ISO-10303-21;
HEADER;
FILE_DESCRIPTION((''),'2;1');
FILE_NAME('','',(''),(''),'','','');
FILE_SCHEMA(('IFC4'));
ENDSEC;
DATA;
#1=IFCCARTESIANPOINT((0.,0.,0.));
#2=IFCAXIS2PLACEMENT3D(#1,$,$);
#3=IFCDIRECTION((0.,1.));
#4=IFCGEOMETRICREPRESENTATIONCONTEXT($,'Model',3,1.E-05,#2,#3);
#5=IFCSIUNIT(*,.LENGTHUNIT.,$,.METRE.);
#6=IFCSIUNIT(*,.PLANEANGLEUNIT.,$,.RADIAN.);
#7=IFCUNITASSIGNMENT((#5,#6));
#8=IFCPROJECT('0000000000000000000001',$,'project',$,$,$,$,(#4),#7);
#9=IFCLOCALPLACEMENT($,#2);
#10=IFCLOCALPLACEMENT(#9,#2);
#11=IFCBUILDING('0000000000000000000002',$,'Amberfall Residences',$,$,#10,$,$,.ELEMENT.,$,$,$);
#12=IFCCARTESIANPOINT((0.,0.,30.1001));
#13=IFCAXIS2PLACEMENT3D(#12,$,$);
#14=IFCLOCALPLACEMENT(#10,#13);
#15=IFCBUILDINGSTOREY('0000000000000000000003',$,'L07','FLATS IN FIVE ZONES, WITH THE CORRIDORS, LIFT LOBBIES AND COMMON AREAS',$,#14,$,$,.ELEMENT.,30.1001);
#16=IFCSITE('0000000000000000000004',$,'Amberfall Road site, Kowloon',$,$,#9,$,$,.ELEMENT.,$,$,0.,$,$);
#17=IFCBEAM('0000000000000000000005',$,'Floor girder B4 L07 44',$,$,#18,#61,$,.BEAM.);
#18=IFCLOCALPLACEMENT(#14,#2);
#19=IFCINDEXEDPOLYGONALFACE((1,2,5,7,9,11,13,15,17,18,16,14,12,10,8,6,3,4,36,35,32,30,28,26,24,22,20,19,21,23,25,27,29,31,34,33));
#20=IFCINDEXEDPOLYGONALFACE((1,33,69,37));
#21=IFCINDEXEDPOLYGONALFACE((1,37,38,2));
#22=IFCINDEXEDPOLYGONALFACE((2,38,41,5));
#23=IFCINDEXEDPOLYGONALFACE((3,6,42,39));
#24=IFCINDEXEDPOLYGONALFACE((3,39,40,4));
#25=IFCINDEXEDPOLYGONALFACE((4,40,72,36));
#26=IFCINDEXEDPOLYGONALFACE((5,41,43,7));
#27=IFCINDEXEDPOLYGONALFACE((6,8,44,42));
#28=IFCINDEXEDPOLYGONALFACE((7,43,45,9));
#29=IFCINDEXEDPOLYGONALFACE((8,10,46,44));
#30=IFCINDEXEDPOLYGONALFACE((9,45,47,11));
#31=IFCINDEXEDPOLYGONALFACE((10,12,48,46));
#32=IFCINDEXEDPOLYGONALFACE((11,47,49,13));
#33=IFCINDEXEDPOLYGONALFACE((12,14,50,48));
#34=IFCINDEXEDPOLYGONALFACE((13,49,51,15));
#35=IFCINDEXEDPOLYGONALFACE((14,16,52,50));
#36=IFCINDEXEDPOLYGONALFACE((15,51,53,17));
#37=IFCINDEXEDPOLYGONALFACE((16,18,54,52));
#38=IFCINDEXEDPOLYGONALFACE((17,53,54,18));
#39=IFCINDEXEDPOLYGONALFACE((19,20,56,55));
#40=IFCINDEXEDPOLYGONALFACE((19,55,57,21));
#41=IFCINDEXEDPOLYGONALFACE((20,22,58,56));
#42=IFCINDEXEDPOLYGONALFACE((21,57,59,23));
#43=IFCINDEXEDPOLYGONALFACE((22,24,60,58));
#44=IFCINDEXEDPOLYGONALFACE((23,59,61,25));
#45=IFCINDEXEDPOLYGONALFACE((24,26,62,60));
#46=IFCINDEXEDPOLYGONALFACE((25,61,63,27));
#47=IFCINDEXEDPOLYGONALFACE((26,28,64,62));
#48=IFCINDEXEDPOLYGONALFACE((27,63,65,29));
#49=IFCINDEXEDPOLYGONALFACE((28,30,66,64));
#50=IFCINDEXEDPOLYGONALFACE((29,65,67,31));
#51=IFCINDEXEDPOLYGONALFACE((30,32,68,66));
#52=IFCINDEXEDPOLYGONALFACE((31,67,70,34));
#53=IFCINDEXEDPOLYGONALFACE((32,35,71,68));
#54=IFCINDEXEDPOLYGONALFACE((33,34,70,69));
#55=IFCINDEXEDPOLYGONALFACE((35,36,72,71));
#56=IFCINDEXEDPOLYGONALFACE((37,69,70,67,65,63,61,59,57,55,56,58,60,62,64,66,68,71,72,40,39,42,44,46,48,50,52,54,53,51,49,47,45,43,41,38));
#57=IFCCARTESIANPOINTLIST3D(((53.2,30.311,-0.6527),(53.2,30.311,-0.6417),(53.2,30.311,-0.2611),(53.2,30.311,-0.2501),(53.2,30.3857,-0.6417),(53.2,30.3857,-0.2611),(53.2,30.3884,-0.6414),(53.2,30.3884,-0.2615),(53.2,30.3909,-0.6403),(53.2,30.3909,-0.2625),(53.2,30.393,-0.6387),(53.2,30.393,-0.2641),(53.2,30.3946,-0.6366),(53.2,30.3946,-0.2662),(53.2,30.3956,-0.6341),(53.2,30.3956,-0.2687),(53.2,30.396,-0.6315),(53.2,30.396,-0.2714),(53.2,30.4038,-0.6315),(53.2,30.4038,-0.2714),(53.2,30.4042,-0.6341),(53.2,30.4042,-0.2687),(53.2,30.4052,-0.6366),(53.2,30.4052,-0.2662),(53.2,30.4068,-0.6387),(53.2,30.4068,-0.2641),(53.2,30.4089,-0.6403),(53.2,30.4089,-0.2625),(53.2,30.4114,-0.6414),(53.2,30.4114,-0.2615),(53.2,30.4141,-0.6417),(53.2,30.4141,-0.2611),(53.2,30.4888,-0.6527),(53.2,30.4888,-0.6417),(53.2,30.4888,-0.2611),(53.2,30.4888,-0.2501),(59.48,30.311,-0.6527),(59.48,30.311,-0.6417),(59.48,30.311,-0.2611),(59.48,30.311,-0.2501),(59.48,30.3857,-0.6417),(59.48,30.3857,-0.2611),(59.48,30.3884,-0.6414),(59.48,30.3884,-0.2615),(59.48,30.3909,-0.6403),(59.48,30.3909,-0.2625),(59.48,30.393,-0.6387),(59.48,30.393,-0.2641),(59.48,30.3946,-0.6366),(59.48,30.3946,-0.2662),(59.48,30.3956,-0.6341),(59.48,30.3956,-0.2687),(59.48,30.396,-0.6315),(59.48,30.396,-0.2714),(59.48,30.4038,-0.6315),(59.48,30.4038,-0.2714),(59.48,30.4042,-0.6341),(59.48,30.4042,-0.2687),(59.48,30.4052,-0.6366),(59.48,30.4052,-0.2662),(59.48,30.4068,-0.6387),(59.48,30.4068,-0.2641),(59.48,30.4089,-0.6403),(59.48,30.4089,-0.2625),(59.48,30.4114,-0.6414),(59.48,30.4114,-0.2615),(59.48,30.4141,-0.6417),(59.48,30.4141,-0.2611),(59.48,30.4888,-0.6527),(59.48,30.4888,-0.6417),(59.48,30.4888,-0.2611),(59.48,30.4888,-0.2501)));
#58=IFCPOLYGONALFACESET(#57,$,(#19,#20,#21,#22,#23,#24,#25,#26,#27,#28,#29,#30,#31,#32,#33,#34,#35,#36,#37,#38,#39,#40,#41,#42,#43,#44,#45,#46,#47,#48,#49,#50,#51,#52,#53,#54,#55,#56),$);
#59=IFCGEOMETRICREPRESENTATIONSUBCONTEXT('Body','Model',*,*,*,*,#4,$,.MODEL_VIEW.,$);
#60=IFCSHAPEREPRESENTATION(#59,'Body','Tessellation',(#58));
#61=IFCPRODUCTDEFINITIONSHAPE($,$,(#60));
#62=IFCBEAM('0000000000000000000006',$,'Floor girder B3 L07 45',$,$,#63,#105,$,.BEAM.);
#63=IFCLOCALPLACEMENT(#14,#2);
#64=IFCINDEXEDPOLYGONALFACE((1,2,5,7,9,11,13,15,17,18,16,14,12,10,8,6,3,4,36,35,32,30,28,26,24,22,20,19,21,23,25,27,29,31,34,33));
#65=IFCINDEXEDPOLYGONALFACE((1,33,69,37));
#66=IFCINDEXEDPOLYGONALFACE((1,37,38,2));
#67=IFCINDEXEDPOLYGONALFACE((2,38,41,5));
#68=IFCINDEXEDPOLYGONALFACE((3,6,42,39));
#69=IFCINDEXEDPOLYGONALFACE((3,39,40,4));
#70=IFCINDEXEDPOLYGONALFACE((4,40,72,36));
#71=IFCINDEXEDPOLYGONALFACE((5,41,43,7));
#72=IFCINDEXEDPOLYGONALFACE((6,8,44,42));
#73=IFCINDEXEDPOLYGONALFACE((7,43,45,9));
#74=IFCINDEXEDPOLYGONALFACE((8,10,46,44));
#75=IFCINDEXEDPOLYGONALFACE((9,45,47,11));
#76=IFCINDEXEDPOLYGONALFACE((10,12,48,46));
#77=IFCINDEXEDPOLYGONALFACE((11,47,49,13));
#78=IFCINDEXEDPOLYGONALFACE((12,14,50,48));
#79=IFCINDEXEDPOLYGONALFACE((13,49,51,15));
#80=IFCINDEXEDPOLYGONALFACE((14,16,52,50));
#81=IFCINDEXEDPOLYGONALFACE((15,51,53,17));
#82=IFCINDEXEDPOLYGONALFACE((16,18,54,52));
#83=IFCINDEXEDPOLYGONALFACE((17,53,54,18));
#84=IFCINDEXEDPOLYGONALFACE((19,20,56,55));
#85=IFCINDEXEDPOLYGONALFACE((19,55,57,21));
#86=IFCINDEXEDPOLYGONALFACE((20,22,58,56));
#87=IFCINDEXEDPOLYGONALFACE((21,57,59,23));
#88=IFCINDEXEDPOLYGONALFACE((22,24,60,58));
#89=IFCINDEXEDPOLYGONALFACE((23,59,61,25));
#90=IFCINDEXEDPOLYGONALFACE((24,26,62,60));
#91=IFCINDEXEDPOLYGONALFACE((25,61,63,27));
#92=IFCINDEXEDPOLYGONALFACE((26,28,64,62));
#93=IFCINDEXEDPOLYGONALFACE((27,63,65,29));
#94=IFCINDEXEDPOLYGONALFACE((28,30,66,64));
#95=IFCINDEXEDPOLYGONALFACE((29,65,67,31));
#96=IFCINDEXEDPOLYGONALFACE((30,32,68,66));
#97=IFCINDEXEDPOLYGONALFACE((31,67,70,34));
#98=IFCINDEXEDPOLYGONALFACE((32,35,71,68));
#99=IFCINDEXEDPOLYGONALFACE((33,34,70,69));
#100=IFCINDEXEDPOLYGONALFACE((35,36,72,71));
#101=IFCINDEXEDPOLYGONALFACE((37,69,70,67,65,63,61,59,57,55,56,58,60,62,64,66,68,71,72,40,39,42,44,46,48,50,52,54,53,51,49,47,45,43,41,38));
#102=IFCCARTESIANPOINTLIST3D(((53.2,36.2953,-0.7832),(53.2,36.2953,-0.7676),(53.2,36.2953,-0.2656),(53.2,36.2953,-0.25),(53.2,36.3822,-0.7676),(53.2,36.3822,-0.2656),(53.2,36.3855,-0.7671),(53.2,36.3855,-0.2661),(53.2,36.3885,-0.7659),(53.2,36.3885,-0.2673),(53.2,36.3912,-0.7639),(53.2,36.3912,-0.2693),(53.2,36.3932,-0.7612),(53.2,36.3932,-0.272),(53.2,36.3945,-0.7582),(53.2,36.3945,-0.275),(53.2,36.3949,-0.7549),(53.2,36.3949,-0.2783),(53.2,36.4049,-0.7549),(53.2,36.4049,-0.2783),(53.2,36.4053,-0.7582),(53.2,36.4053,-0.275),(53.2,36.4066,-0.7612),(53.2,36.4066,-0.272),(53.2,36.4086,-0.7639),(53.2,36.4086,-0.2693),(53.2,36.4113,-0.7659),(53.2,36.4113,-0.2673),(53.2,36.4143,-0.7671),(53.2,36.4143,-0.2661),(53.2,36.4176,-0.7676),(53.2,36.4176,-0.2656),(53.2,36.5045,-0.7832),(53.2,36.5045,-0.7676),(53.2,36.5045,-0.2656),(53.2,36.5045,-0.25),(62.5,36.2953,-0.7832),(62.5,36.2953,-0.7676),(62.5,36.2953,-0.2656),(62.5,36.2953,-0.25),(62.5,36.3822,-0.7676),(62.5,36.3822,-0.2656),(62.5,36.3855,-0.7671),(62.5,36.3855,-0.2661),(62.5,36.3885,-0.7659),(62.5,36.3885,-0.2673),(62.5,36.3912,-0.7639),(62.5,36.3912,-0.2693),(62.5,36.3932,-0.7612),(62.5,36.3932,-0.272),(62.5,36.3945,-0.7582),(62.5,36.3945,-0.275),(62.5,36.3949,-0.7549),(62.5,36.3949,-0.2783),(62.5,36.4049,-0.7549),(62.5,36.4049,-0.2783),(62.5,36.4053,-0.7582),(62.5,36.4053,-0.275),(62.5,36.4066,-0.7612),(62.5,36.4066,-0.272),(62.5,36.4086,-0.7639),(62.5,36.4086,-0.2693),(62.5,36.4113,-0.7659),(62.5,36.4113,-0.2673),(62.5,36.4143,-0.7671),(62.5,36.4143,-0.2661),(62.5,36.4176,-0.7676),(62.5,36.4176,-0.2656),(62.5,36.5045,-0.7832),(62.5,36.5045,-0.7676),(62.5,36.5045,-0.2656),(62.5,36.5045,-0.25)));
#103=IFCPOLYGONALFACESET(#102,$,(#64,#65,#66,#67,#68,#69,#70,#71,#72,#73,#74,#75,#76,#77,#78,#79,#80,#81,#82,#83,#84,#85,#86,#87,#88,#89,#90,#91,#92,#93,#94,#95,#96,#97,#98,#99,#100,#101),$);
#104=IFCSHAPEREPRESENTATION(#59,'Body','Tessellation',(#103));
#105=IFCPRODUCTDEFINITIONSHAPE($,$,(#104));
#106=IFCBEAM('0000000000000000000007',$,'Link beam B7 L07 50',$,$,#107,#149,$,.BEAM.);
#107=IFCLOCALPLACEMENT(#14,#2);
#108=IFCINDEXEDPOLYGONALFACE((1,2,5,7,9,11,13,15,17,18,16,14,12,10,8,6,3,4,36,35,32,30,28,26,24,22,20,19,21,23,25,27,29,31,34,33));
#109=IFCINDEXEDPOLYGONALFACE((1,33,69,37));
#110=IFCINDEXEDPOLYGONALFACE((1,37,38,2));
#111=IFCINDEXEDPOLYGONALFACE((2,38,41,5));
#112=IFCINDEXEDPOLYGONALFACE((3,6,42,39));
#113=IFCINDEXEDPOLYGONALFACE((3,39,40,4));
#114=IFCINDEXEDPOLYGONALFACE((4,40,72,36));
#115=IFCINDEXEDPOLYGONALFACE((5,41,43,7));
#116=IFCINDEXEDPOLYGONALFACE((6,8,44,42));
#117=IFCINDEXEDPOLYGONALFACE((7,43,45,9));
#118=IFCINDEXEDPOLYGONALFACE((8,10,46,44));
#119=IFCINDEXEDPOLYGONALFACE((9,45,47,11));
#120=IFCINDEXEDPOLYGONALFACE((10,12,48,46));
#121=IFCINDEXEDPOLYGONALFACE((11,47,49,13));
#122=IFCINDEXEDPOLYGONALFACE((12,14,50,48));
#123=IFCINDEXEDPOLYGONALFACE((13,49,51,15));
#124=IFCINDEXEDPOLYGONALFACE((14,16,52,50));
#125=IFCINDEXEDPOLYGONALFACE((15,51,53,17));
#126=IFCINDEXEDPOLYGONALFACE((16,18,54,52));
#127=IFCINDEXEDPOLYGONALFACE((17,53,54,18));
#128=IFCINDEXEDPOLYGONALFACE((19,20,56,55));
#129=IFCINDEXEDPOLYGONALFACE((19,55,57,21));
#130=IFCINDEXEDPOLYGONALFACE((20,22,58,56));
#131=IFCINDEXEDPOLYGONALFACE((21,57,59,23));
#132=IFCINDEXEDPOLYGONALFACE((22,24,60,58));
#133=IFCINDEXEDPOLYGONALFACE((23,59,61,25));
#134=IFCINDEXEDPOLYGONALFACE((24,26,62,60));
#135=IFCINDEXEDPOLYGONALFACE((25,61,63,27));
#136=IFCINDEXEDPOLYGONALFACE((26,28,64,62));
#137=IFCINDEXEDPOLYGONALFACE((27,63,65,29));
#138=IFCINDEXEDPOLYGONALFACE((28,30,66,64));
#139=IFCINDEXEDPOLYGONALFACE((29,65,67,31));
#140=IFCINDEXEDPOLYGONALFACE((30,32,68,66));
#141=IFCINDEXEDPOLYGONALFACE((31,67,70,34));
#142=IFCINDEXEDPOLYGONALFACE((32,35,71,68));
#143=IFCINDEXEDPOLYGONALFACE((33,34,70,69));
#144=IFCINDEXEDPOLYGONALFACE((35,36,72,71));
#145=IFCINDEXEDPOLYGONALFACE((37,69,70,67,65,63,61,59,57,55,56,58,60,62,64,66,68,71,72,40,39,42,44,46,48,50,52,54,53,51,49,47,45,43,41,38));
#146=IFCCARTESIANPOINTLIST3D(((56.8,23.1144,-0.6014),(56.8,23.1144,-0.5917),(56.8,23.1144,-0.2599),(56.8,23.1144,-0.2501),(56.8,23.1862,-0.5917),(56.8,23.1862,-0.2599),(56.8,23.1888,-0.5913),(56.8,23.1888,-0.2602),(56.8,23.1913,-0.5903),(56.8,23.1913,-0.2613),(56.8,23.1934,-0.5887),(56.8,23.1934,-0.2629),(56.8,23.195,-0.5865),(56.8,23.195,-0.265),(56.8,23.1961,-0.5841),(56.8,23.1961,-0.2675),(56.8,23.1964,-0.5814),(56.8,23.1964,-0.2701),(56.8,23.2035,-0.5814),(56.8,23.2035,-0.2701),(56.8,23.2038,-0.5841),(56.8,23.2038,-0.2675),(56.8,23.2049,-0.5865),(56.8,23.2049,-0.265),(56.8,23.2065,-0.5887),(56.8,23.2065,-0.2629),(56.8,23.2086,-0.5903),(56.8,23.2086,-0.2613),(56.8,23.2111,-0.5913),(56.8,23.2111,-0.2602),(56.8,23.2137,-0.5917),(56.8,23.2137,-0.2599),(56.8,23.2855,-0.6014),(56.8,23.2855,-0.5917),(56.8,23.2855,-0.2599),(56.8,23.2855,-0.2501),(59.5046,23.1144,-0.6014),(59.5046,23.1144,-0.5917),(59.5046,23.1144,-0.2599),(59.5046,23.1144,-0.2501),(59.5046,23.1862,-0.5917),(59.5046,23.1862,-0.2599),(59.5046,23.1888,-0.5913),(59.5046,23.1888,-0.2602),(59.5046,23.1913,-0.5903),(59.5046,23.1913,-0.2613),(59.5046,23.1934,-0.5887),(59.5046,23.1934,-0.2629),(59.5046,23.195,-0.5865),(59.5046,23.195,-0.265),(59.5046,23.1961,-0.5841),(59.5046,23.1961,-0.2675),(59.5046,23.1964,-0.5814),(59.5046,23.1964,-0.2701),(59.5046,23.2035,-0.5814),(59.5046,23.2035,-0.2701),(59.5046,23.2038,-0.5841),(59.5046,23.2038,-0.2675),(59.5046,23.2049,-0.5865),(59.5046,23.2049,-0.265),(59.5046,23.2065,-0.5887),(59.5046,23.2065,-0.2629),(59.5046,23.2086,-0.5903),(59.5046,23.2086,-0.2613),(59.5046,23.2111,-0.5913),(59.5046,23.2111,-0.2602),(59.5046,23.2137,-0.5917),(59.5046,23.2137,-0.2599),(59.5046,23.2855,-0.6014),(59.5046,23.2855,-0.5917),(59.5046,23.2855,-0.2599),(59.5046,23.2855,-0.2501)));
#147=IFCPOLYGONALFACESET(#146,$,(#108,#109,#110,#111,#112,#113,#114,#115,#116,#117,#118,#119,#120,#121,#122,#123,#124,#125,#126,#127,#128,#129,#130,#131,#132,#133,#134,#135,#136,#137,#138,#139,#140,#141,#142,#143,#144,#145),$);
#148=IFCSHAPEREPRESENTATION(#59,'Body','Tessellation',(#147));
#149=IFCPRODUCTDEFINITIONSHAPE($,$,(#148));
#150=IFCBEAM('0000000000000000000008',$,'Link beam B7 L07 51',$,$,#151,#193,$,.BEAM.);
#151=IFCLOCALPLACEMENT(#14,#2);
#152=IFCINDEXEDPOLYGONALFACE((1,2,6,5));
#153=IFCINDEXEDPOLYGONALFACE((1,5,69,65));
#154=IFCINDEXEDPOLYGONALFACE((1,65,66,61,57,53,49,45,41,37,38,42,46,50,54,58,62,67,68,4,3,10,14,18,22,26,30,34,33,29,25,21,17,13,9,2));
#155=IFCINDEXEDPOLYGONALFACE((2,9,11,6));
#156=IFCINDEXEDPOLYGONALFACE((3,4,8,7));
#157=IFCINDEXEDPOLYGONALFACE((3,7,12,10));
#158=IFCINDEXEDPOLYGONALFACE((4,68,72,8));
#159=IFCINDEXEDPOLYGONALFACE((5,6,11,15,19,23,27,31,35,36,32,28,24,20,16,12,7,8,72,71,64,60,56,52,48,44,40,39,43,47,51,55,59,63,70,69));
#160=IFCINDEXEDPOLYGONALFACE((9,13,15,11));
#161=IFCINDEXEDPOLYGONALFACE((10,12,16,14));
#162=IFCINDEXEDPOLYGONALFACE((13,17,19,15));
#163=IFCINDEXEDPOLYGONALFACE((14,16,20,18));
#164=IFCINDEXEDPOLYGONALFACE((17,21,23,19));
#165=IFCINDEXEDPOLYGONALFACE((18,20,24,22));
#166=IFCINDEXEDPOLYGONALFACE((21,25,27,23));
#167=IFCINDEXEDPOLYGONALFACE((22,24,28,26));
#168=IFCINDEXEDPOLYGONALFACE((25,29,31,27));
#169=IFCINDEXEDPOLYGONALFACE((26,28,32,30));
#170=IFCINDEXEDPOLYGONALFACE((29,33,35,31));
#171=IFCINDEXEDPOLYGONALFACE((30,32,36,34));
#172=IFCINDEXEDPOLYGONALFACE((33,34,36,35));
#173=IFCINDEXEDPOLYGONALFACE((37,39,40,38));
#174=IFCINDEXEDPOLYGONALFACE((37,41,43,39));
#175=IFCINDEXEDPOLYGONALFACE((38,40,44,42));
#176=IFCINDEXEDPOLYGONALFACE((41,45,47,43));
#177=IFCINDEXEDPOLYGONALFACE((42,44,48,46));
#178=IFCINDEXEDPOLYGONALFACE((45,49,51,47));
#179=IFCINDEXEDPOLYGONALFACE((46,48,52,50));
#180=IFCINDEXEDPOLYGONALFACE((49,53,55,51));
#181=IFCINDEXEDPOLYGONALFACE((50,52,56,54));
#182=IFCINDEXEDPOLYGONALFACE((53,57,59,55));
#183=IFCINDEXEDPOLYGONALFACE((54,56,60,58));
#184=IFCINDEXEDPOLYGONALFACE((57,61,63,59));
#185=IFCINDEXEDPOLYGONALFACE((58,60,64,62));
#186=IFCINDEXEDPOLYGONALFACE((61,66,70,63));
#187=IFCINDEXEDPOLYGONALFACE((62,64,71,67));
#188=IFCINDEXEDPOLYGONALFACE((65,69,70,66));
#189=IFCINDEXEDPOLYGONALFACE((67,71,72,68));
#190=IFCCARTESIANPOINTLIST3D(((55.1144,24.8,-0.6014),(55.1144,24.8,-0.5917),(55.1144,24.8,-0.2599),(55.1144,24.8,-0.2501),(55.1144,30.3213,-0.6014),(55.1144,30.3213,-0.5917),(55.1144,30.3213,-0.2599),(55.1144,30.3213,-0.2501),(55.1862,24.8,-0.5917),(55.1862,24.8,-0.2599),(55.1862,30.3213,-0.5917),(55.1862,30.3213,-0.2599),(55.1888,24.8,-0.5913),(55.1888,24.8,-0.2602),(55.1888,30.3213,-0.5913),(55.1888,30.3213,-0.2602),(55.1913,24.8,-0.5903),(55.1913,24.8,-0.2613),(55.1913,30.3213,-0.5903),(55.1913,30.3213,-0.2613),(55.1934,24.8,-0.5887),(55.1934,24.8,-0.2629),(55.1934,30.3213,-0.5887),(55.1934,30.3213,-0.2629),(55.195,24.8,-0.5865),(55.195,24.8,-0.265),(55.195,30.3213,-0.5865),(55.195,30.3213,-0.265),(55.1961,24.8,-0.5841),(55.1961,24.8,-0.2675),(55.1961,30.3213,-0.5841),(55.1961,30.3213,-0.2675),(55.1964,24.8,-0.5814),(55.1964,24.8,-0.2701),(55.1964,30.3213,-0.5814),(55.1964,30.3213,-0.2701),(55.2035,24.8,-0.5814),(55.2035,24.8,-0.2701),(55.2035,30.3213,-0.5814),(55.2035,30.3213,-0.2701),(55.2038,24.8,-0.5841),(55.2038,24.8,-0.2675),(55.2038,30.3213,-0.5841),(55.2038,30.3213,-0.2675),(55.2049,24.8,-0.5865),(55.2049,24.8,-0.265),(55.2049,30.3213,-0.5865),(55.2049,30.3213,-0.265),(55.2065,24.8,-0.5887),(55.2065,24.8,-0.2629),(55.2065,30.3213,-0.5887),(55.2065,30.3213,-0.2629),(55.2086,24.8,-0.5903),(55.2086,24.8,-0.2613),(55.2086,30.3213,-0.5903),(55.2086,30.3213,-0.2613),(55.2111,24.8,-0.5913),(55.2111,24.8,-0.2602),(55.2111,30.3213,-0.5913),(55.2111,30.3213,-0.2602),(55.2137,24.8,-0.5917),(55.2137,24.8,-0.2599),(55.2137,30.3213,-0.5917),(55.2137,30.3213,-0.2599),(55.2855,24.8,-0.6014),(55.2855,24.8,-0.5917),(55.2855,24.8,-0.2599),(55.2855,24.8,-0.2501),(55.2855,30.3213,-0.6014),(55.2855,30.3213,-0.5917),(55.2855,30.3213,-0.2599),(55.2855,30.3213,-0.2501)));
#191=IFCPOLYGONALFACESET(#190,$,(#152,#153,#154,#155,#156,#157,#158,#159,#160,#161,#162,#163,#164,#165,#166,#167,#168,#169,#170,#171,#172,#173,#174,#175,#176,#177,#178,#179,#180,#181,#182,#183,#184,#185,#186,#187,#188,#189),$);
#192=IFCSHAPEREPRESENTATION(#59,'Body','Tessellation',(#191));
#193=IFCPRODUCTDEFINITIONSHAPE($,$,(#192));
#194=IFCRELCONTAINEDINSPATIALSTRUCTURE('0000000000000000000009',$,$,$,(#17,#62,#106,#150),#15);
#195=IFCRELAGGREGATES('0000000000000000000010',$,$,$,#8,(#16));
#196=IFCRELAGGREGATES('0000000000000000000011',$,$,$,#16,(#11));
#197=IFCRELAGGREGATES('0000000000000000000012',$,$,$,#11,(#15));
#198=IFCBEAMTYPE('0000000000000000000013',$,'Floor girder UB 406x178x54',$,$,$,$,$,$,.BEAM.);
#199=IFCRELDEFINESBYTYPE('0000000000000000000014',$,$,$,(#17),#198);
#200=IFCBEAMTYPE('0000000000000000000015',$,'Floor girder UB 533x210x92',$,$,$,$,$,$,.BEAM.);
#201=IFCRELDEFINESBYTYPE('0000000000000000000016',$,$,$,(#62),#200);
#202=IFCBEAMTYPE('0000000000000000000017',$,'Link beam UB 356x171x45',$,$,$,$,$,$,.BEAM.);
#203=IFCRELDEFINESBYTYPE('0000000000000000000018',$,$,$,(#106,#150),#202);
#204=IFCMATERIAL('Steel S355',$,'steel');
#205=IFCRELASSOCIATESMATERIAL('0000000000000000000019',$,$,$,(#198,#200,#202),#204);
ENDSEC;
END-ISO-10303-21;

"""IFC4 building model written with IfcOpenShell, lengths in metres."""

from ifc_helpers import new_model, si_unit, direction, frame, origin, origin_2d, place, context, subcontext, project, spatial, i_section, extrude, material, material_profile, profile_set, type_object, element, save


model = new_model("IFC4")

# Units and contexts
model_context = context("Model", 3, precision=1e-05, world=origin(), true_north=direction((0.0, 1.0)))
body_context = subcontext(model_context, "Body", "Model", "MODEL_VIEW")
ifc_project = project(units=[si_unit("LENGTHUNIT", "METRE"), si_unit("PLANEANGLEUNIT", "RADIAN")], contexts=[model_context])

# Site, building, storey
site_placement = place(None, origin())
site = spatial("IfcSite", under=ifc_project, at=site_placement, Name="Amberfall Road site, Kowloon", CompositionType="ELEMENT", RefElevation=0.0)
building_placement = place(site_placement, origin())
building = spatial("IfcBuilding", under=site, at=building_placement, Name="Amberfall Residences", CompositionType="ELEMENT")
storey_placement = place(building_placement, frame((0.0, 0.0, 30.1001)))
storey = spatial("IfcBuildingStorey", under=building, at=storey_placement, Name="L07", Description="FLATS IN FIVE ZONES, WITH THE CORRIDORS, LIFT LOBBIES AND COMMON AREAS", CompositionType="ELEMENT", Elevation=30.1001)

# Beams
ifc_material_1 = material(Name="Steel S355", Category="steel")
ifc_material_profile_1 = material_profile(ifc_material_1, i_section(OverallWidth=0.1777, OverallDepth=0.4026, WebThickness=0.0078, FlangeThickness=0.011, FilletRadius=0.0103, at=origin_2d()), Name="UB 406x178x54")
ifc_profile_set_1 = profile_set([ifc_material_profile_1], Name="Steel S355")
beam_type_1 = type_object("IfcBeamType", Name="Floor girder UB 406x178x54", PredefinedType="BEAM", material=ifc_profile_set_1)
beam_1_placement = place(storey_placement, frame((53.2, 30.3999, -0.4514), z_axis=(1.0, 0.0, 0.0), x_axis=(0.0, 1.0, 0.0)))
element("IfcBeam", 1, at=beam_1_placement, inside=storey, type_object=beam_type_1, Name="Floor girder B4 L07 44", PredefinedType="BEAM", context=body_context, shape_type="SweptSolid", body=[
    extrude(i_section(OverallWidth=0.1777, OverallDepth=0.4026, WebThickness=0.0078, FlangeThickness=0.011, FilletRadius=0.0103, at=origin_2d()), origin(), (0.0, 0.0, 1.0), 6.28),
])
ifc_material_profile_2 = material_profile(ifc_material_1, i_section(OverallWidth=0.2092, OverallDepth=0.5332, WebThickness=0.01, FlangeThickness=0.0156, FilletRadius=0.0127, at=origin_2d()), Name="UB 533x210x92")
ifc_profile_set_2 = profile_set([ifc_material_profile_2], Name="Steel S355")
beam_type_2 = type_object("IfcBeamType", Name="Floor girder UB 533x210x92", PredefinedType="BEAM", material=ifc_profile_set_2)
beam_2_placement = place(storey_placement, frame((53.2, 36.3999, -0.5166), z_axis=(1.0, 0.0, 0.0), x_axis=(0.0, 1.0, 0.0)))
element("IfcBeam", 2, at=beam_2_placement, inside=storey, type_object=beam_type_2, Name="Floor girder B3 L07 45", PredefinedType="BEAM", context=body_context, shape_type="SweptSolid", body=[
    extrude(i_section(OverallWidth=0.2092, OverallDepth=0.5332, WebThickness=0.01, FlangeThickness=0.0156, FilletRadius=0.0127, at=origin_2d()), origin(), (0.0, 0.0, 1.0), 9.3),
])
ifc_material_profile_3 = material_profile(ifc_material_1, i_section(OverallWidth=0.1711, OverallDepth=0.3513, WebThickness=0.0071, FlangeThickness=0.0098, FilletRadius=0.0103, at=origin_2d()), Name="UB 356x171x45")
ifc_profile_set_3 = profile_set([ifc_material_profile_3], Name="Steel S355")
beam_type_3 = type_object("IfcBeamType", Name="Link beam UB 356x171x45", PredefinedType="BEAM", material=ifc_profile_set_3)
beam_3_placement = place(storey_placement, frame((56.8, 23.2, -0.4258), z_axis=(1.0, 0.0, 0.0), x_axis=(0.0, 1.0, 0.0)))
element("IfcBeam", 3, at=beam_3_placement, inside=storey, type_object=beam_type_3, Name="Link beam B7 L07 50", PredefinedType="BEAM", context=body_context, shape_type="SweptSolid", body=[
    extrude(i_section(OverallWidth=0.1711, OverallDepth=0.3513, WebThickness=0.0071, FlangeThickness=0.0098, FilletRadius=0.0103, at=origin_2d()), origin(), (0.0, 0.0, 1.0), 2.7046),
])
beam_4_placement = place(storey_placement, frame((55.2, 24.8, -0.4258), z_axis=(0.0, 1.0, 0.0), x_axis=(-1.0, 0.0, 0.0)))
element("IfcBeam", 4, at=beam_4_placement, inside=storey, type_object=beam_type_3, Name="Link beam B7 L07 51", PredefinedType="BEAM", context=body_context, shape_type="SweptSolid", body=[
    extrude(i_section(OverallWidth=0.1711, OverallDepth=0.3513, WebThickness=0.0071, FlangeThickness=0.0098, FilletRadius=0.0103, at=origin_2d()), origin(), (0.0, 0.0, 1.0), 5.5212),
])

save(model, "model.ifc")
